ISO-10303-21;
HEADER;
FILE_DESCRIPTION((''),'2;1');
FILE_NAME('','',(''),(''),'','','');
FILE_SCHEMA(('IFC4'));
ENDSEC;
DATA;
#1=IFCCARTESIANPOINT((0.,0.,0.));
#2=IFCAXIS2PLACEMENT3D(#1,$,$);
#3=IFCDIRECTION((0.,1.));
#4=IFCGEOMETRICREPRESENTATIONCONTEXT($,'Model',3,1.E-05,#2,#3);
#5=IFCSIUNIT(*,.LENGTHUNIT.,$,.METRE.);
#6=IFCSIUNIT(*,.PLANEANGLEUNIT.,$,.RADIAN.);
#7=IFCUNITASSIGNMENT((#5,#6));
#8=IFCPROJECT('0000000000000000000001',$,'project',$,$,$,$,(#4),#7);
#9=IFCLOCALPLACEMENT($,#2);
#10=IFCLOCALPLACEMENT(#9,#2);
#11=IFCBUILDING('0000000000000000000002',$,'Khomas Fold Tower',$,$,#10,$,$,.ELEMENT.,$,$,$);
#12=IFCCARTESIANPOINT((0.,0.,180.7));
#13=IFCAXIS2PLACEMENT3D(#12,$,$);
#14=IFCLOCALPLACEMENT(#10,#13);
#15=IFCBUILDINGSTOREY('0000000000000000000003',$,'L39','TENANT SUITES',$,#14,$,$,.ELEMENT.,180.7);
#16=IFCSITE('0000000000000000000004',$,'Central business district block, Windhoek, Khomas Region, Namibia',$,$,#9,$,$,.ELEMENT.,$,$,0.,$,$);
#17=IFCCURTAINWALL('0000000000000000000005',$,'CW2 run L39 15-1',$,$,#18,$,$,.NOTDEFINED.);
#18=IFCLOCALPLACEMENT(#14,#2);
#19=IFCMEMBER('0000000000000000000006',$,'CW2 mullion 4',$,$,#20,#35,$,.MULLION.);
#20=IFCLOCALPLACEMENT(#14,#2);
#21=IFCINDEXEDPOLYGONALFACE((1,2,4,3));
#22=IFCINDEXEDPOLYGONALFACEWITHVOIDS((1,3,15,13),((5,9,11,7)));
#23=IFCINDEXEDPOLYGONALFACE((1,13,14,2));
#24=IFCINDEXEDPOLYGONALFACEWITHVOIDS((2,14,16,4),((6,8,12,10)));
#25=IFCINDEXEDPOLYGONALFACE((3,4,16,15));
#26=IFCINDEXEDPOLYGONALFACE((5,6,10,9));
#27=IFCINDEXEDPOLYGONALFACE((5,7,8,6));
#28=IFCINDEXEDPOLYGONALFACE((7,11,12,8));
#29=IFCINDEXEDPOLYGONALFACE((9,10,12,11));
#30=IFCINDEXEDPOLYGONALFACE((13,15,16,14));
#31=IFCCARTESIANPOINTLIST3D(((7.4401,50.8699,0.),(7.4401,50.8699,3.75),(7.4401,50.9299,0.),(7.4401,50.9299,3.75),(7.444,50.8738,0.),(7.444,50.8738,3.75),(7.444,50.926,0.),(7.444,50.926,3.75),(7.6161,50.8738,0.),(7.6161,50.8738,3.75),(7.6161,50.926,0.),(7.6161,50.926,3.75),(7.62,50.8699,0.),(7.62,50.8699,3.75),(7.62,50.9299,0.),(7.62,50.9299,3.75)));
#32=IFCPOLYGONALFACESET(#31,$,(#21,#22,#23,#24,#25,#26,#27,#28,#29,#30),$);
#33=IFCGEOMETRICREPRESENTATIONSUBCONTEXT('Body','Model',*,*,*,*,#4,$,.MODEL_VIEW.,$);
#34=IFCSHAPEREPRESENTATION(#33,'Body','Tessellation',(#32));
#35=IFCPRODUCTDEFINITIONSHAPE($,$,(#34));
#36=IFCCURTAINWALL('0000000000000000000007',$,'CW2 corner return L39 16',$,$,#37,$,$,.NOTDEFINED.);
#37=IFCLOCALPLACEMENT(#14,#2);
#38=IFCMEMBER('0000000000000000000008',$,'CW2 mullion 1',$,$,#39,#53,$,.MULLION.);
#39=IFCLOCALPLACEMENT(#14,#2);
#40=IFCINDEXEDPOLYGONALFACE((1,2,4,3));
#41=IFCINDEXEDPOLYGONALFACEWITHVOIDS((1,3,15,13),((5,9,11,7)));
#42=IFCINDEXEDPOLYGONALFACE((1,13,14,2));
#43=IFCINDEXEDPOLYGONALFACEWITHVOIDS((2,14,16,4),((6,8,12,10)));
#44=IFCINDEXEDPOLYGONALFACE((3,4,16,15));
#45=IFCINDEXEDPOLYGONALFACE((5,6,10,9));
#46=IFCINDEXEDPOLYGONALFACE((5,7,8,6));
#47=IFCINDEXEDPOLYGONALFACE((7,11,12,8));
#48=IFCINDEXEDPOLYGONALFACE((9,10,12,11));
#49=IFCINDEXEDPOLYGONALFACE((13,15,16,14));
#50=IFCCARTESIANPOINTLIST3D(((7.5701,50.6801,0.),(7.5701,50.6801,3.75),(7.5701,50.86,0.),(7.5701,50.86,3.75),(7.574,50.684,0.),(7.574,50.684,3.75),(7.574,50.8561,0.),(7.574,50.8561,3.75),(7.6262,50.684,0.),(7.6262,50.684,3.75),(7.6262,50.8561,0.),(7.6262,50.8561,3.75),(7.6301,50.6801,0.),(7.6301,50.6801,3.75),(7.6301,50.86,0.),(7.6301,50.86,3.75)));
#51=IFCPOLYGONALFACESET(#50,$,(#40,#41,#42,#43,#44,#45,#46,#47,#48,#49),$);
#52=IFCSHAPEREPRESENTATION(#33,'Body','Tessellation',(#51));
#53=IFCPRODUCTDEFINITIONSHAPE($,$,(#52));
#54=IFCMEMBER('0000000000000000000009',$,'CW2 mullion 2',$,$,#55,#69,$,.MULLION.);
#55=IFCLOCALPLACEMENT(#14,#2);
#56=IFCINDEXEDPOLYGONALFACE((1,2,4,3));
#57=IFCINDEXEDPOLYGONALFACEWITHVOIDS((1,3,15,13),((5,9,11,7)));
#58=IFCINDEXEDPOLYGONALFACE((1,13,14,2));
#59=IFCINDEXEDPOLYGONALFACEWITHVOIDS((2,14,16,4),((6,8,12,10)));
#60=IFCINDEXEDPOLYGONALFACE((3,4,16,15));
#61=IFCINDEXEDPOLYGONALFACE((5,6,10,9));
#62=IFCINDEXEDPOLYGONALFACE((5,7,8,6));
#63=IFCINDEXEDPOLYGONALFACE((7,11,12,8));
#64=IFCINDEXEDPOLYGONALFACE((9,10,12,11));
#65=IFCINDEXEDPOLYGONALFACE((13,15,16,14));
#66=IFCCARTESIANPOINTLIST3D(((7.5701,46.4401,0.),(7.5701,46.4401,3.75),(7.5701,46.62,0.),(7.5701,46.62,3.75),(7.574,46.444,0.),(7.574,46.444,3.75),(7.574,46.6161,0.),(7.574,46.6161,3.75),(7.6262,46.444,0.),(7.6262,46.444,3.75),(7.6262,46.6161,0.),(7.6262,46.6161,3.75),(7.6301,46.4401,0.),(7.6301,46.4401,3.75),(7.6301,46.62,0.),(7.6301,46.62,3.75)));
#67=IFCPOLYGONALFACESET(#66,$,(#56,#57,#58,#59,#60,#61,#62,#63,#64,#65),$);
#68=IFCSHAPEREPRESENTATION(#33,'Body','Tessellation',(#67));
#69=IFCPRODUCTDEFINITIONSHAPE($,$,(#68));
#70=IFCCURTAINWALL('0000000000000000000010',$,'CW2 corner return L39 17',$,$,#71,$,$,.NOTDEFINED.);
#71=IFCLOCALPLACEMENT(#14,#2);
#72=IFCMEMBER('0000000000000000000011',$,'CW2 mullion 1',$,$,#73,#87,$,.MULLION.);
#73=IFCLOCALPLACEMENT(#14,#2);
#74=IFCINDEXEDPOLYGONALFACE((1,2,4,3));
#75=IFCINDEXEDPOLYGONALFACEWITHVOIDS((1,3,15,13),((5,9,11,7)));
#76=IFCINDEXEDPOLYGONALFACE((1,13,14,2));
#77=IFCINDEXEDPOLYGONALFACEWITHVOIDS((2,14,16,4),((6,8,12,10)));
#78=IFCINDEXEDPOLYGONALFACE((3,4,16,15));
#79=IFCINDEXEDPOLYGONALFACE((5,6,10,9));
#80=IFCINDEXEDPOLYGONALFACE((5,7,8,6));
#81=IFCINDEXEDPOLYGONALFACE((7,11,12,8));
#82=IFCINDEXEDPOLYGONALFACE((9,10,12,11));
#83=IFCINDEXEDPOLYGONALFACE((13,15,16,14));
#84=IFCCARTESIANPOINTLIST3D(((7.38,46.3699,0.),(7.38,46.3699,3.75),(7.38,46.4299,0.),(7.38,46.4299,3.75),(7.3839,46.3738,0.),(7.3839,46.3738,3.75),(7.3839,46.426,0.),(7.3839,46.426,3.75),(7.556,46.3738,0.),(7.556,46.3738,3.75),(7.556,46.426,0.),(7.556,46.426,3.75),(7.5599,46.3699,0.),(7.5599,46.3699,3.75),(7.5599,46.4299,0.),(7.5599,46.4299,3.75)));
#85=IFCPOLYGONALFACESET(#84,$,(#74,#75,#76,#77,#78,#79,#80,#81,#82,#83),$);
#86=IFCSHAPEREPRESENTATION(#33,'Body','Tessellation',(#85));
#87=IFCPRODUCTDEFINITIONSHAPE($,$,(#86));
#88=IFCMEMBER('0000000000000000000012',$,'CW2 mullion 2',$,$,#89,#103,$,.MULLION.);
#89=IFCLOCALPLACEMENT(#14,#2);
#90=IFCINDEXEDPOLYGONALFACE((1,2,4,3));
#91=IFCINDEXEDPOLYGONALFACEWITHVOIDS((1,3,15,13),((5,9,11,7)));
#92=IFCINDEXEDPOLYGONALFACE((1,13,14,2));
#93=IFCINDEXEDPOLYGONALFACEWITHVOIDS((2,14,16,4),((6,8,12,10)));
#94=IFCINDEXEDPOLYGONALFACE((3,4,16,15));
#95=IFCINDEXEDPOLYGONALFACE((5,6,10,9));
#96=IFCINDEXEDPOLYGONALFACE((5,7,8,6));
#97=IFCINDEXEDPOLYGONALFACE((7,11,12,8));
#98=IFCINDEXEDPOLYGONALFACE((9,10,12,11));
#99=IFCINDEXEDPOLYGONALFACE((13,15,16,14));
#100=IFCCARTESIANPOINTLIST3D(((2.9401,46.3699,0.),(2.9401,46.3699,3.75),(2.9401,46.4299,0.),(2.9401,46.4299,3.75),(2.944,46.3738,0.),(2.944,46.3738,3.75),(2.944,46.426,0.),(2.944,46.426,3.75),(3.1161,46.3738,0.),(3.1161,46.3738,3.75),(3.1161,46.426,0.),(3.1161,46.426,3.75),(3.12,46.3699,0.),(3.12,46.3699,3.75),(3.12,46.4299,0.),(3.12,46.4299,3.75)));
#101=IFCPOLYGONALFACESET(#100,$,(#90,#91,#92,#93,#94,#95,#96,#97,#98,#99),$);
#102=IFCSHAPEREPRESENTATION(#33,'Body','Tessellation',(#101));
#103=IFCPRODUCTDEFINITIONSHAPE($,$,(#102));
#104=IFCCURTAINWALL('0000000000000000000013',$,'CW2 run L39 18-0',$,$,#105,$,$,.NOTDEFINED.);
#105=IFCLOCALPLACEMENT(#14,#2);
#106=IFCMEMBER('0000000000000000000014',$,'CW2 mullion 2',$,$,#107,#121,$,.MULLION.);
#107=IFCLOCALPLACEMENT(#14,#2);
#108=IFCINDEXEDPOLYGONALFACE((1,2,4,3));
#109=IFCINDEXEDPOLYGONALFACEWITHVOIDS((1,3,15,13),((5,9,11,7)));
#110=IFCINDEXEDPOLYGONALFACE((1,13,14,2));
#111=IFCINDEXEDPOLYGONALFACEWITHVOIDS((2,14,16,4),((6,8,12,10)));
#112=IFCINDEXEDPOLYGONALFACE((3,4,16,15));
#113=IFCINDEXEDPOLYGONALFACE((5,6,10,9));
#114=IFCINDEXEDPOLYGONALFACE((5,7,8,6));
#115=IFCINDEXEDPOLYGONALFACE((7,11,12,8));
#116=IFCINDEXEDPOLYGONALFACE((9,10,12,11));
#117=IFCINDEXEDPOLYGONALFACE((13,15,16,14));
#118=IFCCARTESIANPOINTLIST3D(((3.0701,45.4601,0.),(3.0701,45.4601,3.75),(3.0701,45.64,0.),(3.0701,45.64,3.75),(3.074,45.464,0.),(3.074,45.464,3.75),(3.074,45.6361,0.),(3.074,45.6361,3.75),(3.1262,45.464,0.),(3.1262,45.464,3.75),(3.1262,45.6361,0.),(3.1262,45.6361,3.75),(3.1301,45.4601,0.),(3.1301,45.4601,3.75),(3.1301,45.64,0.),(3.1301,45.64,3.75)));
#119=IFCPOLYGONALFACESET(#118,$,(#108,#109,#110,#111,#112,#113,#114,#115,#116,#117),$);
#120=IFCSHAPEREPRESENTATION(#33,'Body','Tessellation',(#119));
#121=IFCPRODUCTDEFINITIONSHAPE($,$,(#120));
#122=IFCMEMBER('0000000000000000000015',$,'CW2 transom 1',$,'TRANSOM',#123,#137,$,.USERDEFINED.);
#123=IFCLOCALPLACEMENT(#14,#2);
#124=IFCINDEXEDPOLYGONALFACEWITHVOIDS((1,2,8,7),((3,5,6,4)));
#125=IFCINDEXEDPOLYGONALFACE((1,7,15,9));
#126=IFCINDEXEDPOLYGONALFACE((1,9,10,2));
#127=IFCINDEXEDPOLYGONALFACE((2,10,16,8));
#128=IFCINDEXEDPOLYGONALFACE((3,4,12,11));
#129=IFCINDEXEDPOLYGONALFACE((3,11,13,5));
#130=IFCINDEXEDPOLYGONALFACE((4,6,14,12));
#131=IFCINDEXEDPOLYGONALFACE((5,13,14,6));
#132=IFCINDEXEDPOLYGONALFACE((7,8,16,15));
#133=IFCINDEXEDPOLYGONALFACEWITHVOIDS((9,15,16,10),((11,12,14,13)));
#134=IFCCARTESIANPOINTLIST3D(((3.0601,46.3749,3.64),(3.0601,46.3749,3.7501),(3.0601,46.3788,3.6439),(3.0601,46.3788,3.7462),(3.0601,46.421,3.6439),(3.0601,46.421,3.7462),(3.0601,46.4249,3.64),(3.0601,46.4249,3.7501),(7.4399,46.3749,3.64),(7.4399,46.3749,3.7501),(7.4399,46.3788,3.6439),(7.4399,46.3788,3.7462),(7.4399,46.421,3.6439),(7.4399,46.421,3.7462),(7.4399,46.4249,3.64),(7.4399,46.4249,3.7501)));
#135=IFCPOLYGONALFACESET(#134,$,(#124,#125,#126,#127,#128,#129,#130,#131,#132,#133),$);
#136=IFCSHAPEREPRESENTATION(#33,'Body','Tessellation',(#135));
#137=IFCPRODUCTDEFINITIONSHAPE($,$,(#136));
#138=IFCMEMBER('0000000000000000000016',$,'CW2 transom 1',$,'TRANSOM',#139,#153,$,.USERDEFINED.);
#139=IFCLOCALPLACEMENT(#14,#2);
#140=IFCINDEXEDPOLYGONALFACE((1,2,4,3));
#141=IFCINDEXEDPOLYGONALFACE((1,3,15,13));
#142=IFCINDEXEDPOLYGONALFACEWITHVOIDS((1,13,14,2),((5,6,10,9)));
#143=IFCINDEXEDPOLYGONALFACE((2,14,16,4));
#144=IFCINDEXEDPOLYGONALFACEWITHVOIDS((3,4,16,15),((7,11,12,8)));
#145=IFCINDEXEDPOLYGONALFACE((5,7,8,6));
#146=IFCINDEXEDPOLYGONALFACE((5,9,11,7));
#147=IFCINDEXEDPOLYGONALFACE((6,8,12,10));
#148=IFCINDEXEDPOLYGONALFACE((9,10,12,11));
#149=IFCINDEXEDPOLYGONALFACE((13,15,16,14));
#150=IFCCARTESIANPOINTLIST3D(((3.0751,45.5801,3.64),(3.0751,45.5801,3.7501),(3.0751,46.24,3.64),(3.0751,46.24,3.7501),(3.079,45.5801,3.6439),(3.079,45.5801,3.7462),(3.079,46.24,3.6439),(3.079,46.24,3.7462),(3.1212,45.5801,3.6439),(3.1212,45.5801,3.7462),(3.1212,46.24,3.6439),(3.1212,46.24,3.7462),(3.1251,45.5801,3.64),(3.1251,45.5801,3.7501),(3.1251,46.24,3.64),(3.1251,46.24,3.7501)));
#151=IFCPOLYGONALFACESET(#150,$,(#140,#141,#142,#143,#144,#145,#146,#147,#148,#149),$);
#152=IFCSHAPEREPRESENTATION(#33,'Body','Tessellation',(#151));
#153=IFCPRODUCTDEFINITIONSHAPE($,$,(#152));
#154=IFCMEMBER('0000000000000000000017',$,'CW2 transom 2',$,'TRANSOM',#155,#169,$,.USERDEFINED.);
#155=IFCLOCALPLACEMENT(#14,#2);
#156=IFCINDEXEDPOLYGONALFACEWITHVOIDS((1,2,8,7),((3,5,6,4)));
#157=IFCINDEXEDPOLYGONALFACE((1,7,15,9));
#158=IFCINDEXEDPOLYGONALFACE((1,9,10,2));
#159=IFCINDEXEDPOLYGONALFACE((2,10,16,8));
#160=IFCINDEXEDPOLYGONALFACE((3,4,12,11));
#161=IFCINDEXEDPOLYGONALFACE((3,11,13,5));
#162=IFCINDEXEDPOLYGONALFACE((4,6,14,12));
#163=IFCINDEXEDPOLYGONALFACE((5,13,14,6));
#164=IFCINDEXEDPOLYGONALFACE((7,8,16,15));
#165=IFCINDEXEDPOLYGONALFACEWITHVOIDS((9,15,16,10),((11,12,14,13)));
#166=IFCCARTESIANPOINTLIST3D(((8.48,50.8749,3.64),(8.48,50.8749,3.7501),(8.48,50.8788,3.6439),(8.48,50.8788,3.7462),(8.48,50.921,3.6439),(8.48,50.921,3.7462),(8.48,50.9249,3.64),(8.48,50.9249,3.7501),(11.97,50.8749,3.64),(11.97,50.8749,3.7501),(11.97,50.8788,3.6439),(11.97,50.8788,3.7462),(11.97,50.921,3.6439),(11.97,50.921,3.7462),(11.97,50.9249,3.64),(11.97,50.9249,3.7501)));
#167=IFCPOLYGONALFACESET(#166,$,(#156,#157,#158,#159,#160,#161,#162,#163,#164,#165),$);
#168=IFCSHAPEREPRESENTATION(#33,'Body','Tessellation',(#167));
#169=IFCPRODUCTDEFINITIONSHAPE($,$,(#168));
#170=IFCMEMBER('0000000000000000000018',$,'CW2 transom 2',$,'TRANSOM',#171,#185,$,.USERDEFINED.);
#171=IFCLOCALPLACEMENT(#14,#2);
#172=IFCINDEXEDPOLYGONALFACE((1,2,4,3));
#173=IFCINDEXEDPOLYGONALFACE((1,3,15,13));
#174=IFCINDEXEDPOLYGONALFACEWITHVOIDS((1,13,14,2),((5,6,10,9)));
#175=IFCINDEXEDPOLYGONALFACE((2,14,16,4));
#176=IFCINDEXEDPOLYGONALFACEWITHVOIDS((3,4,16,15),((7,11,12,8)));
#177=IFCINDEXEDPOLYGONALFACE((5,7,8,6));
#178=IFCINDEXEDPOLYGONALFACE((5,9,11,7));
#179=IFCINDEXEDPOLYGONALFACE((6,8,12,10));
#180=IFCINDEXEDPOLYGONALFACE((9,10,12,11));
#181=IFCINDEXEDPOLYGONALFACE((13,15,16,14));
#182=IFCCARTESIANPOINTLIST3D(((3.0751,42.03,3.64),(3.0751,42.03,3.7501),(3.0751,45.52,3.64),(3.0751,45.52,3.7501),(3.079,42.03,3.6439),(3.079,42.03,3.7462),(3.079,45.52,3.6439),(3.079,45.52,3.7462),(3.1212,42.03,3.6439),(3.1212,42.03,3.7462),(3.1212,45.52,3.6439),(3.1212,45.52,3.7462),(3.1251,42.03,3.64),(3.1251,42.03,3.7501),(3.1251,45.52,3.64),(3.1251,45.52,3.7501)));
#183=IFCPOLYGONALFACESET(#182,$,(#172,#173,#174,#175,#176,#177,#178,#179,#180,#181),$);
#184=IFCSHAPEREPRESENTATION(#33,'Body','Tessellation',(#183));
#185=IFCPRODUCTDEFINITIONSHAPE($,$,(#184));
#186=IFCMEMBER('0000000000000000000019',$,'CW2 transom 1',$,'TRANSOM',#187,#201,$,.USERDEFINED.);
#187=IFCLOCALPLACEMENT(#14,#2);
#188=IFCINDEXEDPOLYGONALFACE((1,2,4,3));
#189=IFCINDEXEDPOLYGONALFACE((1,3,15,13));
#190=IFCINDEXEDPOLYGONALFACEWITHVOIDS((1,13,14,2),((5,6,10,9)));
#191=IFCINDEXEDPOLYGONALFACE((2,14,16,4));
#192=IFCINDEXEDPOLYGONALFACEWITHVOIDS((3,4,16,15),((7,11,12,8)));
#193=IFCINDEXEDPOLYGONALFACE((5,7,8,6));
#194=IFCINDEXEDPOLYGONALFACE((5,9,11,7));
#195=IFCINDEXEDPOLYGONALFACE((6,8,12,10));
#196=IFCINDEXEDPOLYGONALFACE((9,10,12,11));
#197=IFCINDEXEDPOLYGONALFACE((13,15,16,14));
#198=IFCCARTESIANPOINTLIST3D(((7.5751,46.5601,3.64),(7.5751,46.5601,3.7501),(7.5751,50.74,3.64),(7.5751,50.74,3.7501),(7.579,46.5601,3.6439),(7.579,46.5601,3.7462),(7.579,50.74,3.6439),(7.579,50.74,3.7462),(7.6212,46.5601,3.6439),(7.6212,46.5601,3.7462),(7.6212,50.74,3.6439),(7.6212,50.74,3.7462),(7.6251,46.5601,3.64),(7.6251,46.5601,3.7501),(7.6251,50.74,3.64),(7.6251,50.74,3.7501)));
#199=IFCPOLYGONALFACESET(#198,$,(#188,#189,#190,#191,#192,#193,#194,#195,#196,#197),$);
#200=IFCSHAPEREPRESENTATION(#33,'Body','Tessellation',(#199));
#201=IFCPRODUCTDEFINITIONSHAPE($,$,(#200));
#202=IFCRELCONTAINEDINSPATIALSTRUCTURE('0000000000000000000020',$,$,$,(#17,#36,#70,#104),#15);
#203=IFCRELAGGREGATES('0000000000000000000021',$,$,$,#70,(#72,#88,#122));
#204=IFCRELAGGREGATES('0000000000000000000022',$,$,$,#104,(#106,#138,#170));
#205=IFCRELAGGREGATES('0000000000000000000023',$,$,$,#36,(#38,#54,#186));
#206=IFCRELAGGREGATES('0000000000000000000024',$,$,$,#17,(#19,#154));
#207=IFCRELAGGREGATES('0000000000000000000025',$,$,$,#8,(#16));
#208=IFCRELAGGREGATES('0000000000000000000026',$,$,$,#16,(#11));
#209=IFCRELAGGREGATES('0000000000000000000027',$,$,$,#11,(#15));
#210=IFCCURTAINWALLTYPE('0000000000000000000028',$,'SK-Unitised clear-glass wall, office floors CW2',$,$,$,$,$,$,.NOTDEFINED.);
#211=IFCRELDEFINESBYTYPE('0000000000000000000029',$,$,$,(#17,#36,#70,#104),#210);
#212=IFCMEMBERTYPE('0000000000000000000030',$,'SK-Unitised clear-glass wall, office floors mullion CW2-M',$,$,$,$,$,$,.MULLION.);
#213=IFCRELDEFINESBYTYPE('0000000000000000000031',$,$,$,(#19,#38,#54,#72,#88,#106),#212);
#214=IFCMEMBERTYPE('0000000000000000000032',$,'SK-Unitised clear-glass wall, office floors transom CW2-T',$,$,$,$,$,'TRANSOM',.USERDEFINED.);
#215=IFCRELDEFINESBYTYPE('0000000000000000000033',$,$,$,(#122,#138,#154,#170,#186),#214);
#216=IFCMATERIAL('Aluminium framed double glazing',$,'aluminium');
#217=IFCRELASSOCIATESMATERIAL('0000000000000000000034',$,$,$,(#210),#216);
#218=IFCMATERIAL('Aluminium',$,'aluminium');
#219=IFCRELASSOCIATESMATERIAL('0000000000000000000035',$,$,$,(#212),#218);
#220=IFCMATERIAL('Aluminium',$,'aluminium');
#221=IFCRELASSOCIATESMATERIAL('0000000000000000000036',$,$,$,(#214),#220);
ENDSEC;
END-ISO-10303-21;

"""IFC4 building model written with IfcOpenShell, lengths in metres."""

from ifc_helpers import new_model, si_unit, direction, frame, origin, origin_2d, place, context, subcontext, project, spatial, hollow_rectangle, extrude, source, transform, mapped, material, material_profile, profile_set, type_object, element, aggregate, save


model = new_model("IFC4")

# Units and contexts
model_context = context("Model", 3, precision=1e-05, world=origin(), true_north=direction((0.0, 1.0)))
body_context = subcontext(model_context, "Body", "Model", "MODEL_VIEW")
ifc_project = project(units=[si_unit("LENGTHUNIT", "METRE"), si_unit("PLANEANGLEUNIT", "RADIAN")], contexts=[model_context])

# Site, building, storey
site_placement = place(None, origin())
site = spatial("IfcSite", under=ifc_project, at=site_placement, Name="Central business district block, Windhoek, Khomas Region, Namibia", CompositionType="ELEMENT", RefElevation=0.0)
building_placement = place(site_placement, origin())
building = spatial("IfcBuilding", under=site, at=building_placement, Name="Khomas Fold Tower", CompositionType="ELEMENT")
storey_placement = place(building_placement, frame((0.0, 0.0, 180.7)))
storey = spatial("IfcBuildingStorey", under=building, at=storey_placement, Name="L39", Description="TENANT SUITES", CompositionType="ELEMENT", Elevation=180.7)

# Curtain walls, members
ifc_material_1 = material(Name="Aluminium framed double glazing", Category="aluminium")
curtain_wall_type = type_object("IfcCurtainWallType", Name="SK-Unitised clear-glass wall, office floors CW2", PredefinedType="NOTDEFINED", material=ifc_material_1)
curtain_wall_1_placement = place(storey_placement, origin())
curtain_wall_1 = element("IfcCurtainWall", 1, at=curtain_wall_1_placement, inside=storey, type_object=curtain_wall_type, Name="CW2 run L39 15-1", PredefinedType="NOTDEFINED")
ifc_material_2 = material(Name="Aluminium", Category="aluminium")
ifc_material_profile_1 = material_profile(ifc_material_2, hollow_rectangle(XDim=0.0601, YDim=0.1799, WallThickness=0.0039, at=origin_2d()), Name="SK-Unitised clear-glass wall, office floors mullion CW2-M")
ifc_profile_set_1 = profile_set([ifc_material_profile_1], Name="Aluminium")
member_type_1 = type_object("IfcMemberType", Name="SK-Unitised clear-glass wall, office floors mullion CW2-M", PredefinedType="MULLION", material=ifc_profile_set_1)
shared_shape_1 = source(origin(), body_context, "Body", "SweptSolid", [
    extrude(hollow_rectangle(XDim=0.0601, YDim=0.1799, WallThickness=0.0039, at=origin_2d()), origin(), (0.0, 0.0, 1.0), 3.75),
])
member_1_placement = place(storey_placement, frame((7.53, 50.8999, 0.0), z_axis=(0.0, 0.0, 1.0), x_axis=(0.0, -1.0, 0.0)))
member_1 = element("IfcMember", 2, at=member_1_placement, type_object=member_type_1, Name="CW2 mullion 4", PredefinedType="MULLION", context=body_context, shape_type="MappedRepresentation", body=[
    mapped(shared_shape_1, transform((0.0, 0.0, 0.0))),
])
curtain_wall_2_placement = place(storey_placement, origin())
curtain_wall_2 = element("IfcCurtainWall", 3, at=curtain_wall_2_placement, inside=storey, type_object=curtain_wall_type, Name="CW2 corner return L39 16", PredefinedType="NOTDEFINED")
member_2_placement = place(storey_placement, frame((7.6001, 50.77, 0.0), z_axis=(0.0, 0.0, 1.0), x_axis=(1.0, 0.0, 0.0)))
member_2 = element("IfcMember", 4, at=member_2_placement, type_object=member_type_1, Name="CW2 mullion 1", PredefinedType="MULLION", context=body_context, shape_type="MappedRepresentation", body=[
    mapped(shared_shape_1, transform((0.0, 0.0, 0.0))),
])
member_3_placement = place(storey_placement, frame((7.6001, 46.53, 0.0), z_axis=(0.0, 0.0, 1.0), x_axis=(1.0, 0.0, 0.0)))
member_3 = element("IfcMember", 5, at=member_3_placement, type_object=member_type_1, Name="CW2 mullion 2", PredefinedType="MULLION", context=body_context, shape_type="MappedRepresentation", body=[
    mapped(shared_shape_1, transform((0.0, 0.0, 0.0))),
])
curtain_wall_3_placement = place(storey_placement, origin())
curtain_wall_3 = element("IfcCurtainWall", 6, at=curtain_wall_3_placement, inside=storey, type_object=curtain_wall_type, Name="CW2 corner return L39 17", PredefinedType="NOTDEFINED")
member_4_placement = place(storey_placement, frame((7.47, 46.3999, 0.0), z_axis=(0.0, 0.0, 1.0), x_axis=(0.0, -1.0, 0.0)))
member_4 = element("IfcMember", 7, at=member_4_placement, type_object=member_type_1, Name="CW2 mullion 1", PredefinedType="MULLION", context=body_context, shape_type="MappedRepresentation", body=[
    mapped(shared_shape_1, transform((0.0, 0.0, 0.0))),
])
member_5_placement = place(storey_placement, frame((3.03, 46.3999, 0.0), z_axis=(0.0, 0.0, 1.0), x_axis=(0.0, -1.0, 0.0)))
member_5 = element("IfcMember", 8, at=member_5_placement, type_object=member_type_1, Name="CW2 mullion 2", PredefinedType="MULLION", context=body_context, shape_type="MappedRepresentation", body=[
    mapped(shared_shape_1, transform((0.0, 0.0, 0.0))),
])

# Curtain wall, member
curtain_wall_4_placement = place(storey_placement, origin())
curtain_wall_4 = element("IfcCurtainWall", 9, at=curtain_wall_4_placement, inside=storey, type_object=curtain_wall_type, Name="CW2 run L39 18-0", PredefinedType="NOTDEFINED")
member_6_placement = place(storey_placement, frame((3.1001, 45.55, 0.0), z_axis=(0.0, 0.0, 1.0), x_axis=(1.0, 0.0, 0.0)))
member_6 = element("IfcMember", 10, at=member_6_placement, type_object=member_type_1, Name="CW2 mullion 2", PredefinedType="MULLION", context=body_context, shape_type="MappedRepresentation", body=[
    mapped(shared_shape_1, transform((0.0, 0.0, 0.0))),
])

# Members
ifc_material_3 = material(Name="Aluminium", Category="aluminium")
ifc_material_profile_2 = material_profile(ifc_material_3, hollow_rectangle(XDim=0.05, YDim=0.1101, WallThickness=0.0039, at=origin_2d()), Name="SK-Unitised clear-glass wall, office floors transom CW2-T")
ifc_profile_set_2 = profile_set([ifc_material_profile_2], Name="Aluminium")
member_type_2 = type_object("IfcMemberType", Name="SK-Unitised clear-glass wall, office floors transom CW2-T", ElementType="TRANSOM", PredefinedType="USERDEFINED", material=ifc_profile_set_2)
shared_shape_2 = source(origin(), body_context, "Body", "SweptSolid", [
    extrude(hollow_rectangle(XDim=0.05, YDim=0.1101, WallThickness=0.0039, at=origin_2d()), origin(), (0.0, 0.0, 1.0), 4.3799),
])
member_7_placement = place(storey_placement, frame((7.4399, 46.3999, 3.6951), z_axis=(-1.0, 0.0, 0.0), x_axis=(0.0, -1.0, 0.0)))
member_7 = element("IfcMember", 11, at=member_7_placement, type_object=member_type_2, Name="CW2 transom 1", ObjectType="TRANSOM", PredefinedType="USERDEFINED", context=body_context, shape_type="MappedRepresentation", body=[
    mapped(shared_shape_2, transform((0.0, 0.0, 0.0))),
])
shared_shape_3 = source(origin(), body_context, "Body", "SweptSolid", [
    extrude(hollow_rectangle(XDim=0.05, YDim=0.1101, WallThickness=0.0039, at=origin_2d()), origin(), (0.0, 0.0, 1.0), 0.6599),
])
member_8_placement = place(storey_placement, frame((3.1001, 46.24, 3.6951), z_axis=(0.0, -1.0, 0.0), x_axis=(1.0, 0.0, 0.0)))
member_8 = element("IfcMember", 12, at=member_8_placement, type_object=member_type_2, Name="CW2 transom 1", ObjectType="TRANSOM", PredefinedType="USERDEFINED", context=body_context, shape_type="MappedRepresentation", body=[
    mapped(shared_shape_3, transform((0.0, 0.0, 0.0))),
])
shared_shape_4 = source(origin(), body_context, "Body", "SweptSolid", [
    extrude(hollow_rectangle(XDim=0.05, YDim=0.1101, WallThickness=0.0039, at=origin_2d()), origin(), (0.0, 0.0, 1.0), 3.49),
])
member_9_placement = place(storey_placement, frame((11.97, 50.8999, 3.6951), z_axis=(-1.0, 0.0, 0.0), x_axis=(0.0, -1.0, 0.0)))
member_9 = element("IfcMember", 13, at=member_9_placement, type_object=member_type_2, Name="CW2 transom 2", ObjectType="TRANSOM", PredefinedType="USERDEFINED", context=body_context, shape_type="MappedRepresentation", body=[
    mapped(shared_shape_4, transform((0.0, 0.0, 0.0))),
])
member_10_placement = place(storey_placement, frame((3.1001, 45.52, 3.6951), z_axis=(0.0, -1.0, 0.0), x_axis=(1.0, 0.0, 0.0)))
member_10 = element("IfcMember", 14, at=member_10_placement, type_object=member_type_2, Name="CW2 transom 2", ObjectType="TRANSOM", PredefinedType="USERDEFINED", context=body_context, shape_type="MappedRepresentation", body=[
    mapped(shared_shape_4, transform((0.0, 0.0, 0.0))),
])
shared_shape_5 = source(origin(), body_context, "Body", "SweptSolid", [
    extrude(hollow_rectangle(XDim=0.05, YDim=0.1101, WallThickness=0.0039, at=origin_2d()), origin(), (0.0, 0.0, 1.0), 4.1799),
])
member_11_placement = place(storey_placement, frame((7.6001, 50.74, 3.6951), z_axis=(0.0, -1.0, 0.0), x_axis=(1.0, 0.0, 0.0)))
member_11 = element("IfcMember", 15, at=member_11_placement, type_object=member_type_2, Name="CW2 transom 1", ObjectType="TRANSOM", PredefinedType="USERDEFINED", context=body_context, shape_type="MappedRepresentation", body=[
    mapped(shared_shape_5, transform((0.0, 0.0, 0.0))),
])

aggregate(curtain_wall_3, [member_4, member_5, member_7])
aggregate(curtain_wall_4, [member_6, member_8, member_10])
aggregate(curtain_wall_2, [member_2, member_3, member_11])
aggregate(curtain_wall_1, [member_1, member_9])

save(model, "model.ifc")
